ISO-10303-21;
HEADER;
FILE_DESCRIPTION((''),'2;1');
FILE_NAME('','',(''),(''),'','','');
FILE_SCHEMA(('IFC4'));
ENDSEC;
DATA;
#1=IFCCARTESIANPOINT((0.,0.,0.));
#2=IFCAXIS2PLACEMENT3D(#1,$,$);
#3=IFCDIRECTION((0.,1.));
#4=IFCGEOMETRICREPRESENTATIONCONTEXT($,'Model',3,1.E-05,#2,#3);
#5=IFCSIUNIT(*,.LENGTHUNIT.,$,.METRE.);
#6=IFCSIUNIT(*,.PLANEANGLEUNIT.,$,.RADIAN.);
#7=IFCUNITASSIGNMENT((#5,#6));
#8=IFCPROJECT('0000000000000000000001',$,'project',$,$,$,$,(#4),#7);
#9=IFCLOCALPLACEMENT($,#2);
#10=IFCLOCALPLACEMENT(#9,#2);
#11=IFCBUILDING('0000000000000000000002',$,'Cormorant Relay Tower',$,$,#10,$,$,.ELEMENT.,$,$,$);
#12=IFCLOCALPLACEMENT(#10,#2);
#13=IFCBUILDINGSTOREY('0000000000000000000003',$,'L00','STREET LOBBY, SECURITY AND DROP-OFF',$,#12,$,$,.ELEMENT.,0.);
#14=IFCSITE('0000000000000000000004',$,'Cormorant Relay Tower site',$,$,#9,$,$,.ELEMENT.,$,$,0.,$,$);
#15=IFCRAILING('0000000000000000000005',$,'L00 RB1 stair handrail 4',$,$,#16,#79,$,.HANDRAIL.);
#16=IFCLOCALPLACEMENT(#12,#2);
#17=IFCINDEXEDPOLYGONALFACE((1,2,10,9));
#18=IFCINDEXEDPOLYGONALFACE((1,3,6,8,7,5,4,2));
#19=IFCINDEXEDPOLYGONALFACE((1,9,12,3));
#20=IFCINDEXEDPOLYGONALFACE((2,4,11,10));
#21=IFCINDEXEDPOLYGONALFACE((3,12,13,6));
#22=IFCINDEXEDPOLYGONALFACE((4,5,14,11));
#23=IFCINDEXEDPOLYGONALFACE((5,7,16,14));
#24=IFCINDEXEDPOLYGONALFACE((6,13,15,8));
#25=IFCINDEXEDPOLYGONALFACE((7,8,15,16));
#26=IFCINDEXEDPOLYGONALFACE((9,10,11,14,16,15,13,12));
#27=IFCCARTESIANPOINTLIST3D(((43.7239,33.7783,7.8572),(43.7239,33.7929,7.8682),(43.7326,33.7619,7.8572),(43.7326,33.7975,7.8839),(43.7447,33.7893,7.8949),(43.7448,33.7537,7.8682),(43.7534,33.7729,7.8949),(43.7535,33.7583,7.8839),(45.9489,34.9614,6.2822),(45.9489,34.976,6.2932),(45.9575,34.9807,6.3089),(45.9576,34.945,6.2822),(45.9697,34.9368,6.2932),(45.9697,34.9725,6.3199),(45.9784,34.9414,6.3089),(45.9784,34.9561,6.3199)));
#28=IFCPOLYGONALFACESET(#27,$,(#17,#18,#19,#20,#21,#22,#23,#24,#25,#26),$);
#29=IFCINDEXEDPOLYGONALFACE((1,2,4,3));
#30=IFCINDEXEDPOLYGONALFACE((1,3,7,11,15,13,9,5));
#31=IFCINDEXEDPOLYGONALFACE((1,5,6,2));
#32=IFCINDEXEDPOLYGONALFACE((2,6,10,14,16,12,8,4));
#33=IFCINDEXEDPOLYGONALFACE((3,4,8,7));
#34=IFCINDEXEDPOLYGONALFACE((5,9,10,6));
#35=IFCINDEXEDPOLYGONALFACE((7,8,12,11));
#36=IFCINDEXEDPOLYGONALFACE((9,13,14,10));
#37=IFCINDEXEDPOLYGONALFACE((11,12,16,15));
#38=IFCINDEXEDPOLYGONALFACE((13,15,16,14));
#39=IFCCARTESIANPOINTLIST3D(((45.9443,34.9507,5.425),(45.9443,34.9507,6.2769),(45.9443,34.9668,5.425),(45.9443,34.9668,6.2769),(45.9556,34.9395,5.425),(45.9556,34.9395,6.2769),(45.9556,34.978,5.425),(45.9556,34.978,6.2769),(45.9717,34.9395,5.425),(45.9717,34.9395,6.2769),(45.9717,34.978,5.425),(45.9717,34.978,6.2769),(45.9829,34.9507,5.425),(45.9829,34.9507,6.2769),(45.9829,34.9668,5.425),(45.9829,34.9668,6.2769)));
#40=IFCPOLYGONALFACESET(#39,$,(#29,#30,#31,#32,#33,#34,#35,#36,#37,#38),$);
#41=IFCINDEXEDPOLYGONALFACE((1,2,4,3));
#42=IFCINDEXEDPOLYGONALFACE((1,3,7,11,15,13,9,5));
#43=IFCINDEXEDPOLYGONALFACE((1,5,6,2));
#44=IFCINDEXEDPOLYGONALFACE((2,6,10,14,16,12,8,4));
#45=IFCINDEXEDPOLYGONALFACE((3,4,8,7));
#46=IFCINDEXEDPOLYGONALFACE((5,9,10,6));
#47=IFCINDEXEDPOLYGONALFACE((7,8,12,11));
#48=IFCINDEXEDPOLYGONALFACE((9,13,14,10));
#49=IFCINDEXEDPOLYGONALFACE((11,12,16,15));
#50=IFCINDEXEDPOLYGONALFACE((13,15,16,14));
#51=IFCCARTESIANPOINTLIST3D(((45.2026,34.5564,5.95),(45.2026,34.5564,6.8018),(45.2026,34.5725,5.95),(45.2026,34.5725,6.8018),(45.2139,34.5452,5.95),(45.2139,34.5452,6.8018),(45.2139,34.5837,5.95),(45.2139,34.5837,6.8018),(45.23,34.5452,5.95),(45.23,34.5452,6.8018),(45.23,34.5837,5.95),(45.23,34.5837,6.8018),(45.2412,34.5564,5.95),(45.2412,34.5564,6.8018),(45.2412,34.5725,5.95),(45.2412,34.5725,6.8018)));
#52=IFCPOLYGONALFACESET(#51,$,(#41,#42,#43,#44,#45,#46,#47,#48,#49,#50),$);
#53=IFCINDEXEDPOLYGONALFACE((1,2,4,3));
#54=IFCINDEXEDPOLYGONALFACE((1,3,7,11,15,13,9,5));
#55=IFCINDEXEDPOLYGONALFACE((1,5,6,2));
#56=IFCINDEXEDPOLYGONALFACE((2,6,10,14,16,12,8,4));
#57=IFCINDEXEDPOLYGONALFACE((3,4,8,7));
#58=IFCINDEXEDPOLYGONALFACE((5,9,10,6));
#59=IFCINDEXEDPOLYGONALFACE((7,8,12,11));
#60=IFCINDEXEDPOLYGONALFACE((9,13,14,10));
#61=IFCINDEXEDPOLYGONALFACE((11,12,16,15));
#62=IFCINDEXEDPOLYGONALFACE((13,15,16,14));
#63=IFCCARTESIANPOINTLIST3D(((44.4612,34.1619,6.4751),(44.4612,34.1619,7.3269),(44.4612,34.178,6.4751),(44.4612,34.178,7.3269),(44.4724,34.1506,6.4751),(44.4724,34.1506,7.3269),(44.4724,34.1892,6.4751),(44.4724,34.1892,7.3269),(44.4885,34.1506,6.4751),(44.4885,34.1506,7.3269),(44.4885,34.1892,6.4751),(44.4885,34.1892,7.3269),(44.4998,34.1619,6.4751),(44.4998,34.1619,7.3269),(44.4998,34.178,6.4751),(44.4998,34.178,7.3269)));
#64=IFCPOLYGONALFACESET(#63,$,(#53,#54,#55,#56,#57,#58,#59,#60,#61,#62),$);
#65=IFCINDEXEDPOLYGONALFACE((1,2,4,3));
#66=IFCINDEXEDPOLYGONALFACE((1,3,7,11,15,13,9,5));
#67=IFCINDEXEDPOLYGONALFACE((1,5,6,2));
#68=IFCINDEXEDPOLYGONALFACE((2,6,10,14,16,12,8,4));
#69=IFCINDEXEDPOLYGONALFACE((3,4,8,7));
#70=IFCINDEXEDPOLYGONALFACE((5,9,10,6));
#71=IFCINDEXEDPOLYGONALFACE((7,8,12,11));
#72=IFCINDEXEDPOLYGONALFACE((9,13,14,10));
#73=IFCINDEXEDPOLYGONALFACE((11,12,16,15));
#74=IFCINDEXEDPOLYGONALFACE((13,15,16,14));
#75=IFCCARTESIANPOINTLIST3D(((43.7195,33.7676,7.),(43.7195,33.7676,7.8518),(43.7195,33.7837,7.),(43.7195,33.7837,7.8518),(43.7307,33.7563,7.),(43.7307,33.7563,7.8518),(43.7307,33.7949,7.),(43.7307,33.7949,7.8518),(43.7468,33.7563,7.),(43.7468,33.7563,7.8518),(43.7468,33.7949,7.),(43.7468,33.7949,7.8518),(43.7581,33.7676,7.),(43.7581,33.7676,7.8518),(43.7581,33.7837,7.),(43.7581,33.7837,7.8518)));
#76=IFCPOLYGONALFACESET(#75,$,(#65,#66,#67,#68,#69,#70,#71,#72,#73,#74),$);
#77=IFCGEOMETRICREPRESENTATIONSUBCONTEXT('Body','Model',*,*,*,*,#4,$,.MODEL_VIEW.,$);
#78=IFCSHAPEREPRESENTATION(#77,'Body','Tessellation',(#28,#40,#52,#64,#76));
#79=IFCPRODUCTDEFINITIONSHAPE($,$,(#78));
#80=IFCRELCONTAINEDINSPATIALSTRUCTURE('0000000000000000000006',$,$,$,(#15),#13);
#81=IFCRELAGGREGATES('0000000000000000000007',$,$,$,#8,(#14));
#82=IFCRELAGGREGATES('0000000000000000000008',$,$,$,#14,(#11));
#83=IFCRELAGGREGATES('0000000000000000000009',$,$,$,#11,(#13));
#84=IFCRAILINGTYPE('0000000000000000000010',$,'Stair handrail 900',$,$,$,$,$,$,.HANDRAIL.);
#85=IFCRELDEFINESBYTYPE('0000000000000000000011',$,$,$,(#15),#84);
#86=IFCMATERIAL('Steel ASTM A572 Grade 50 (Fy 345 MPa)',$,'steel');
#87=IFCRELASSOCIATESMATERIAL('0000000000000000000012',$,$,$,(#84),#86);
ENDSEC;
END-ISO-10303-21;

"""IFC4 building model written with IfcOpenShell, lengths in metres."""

from ifc_helpers import new_model, si_unit, direction, frame, origin, place, context, subcontext, project, spatial, polyline, outline, extrude, material, type_object, element, save


model = new_model("IFC4")

# Units and contexts
model_context = context("Model", 3, precision=1e-05, world=origin(), true_north=direction((0.0, 1.0)))
body_context = subcontext(model_context, "Body", "Model", "MODEL_VIEW")
ifc_project = project(units=[si_unit("LENGTHUNIT", "METRE"), si_unit("PLANEANGLEUNIT", "RADIAN")], contexts=[model_context])

# Site, building, storey
site_placement = place(None, origin())
site = spatial("IfcSite", under=ifc_project, at=site_placement, Name="Cormorant Relay Tower site", CompositionType="ELEMENT", RefElevation=0.0)
building_placement = place(site_placement, origin())
building = spatial("IfcBuilding", under=site, at=building_placement, Name="Cormorant Relay Tower", CompositionType="ELEMENT")
storey_placement = place(building_placement, origin())
storey = spatial("IfcBuildingStorey", under=building, at=storey_placement, Name="L00", Description="STREET LOBBY, SECURITY AND DROP-OFF", CompositionType="ELEMENT", Elevation=0.0)

# Railing
ifc_material_1 = material(Name="Steel ASTM A572 Grade 50 (Fy 345 MPa)", Category="steel")
railing_type_1 = type_object("IfcRailingType", Name="Stair handrail 900", PredefinedType="HANDRAIL", material=ifc_material_1)
railing_1_placement = place(storey_placement, frame((45.9636, 34.9587, 5.425)))
element("IfcRailing", 1, at=railing_1_placement, inside=storey, type_object=railing_type_1, Name="L00 RB1 stair handrail 4", PredefinedType="HANDRAIL", context=body_context, shape_type="SweptSolid", body=[
    extrude(outline(polyline([(0.0222, 0.0093), (0.0093, 0.0222), (-0.0093, 0.0222), (-0.0222, 0.0093), (-0.0222, -0.0093), (-0.0093, -0.0222), (0.0093, -0.0222), (0.0222, -0.0093), (0.0222, 0.0093)])), frame((0.0, 0.0, 0.876), z_axis=(-0.748715, -0.398143, 0.530008), x_axis=(0.469512, -0.882926, 0.0)), (0.0, 0.0, 1.0), 2.9717),
    extrude(outline(polyline([(0.0193, 0.0081), (0.0081, 0.0193), (-0.0081, 0.0193), (-0.0193, 0.0081), (-0.0193, -0.0081), (-0.0081, -0.0193), (0.0081, -0.0193), (0.0193, -0.0081), (0.0193, 0.0081)])), origin(), (0.0, 0.0, 1.0), 0.8518),
    extrude(outline(polyline([(0.0193, 0.0081), (0.0081, 0.0193), (-0.0081, 0.0193), (-0.0193, 0.0081), (-0.0193, -0.0081), (-0.0081, -0.0193), (0.0081, -0.0193), (0.0193, -0.0081), (0.0193, 0.0081)])), frame((-0.7417, -0.3943, 0.5249)), (0.0, 0.0, 1.0), 0.8518),
    extrude(outline(polyline([(0.0193, 0.0081), (0.0081, 0.0193), (-0.0081, 0.0193), (-0.0193, 0.0081), (-0.0193, -0.0081), (-0.0081, -0.0193), (0.0081, -0.0193), (0.0193, -0.0081), (0.0193, 0.0081)])), frame((-1.4832, -0.7888, 1.05)), (0.0, 0.0, 1.0), 0.8518),
    extrude(outline(polyline([(0.0193, 0.0081), (0.0081, 0.0193), (-0.0081, 0.0193), (-0.0193, 0.0081), (-0.0193, -0.0081), (-0.0081, -0.0193), (0.0081, -0.0193), (0.0193, -0.0081), (0.0193, 0.0081)])), frame((-2.2249, -1.1831, 1.575)), (0.0, 0.0, 1.0), 0.8518),
])

save(model, "model.ifc")
